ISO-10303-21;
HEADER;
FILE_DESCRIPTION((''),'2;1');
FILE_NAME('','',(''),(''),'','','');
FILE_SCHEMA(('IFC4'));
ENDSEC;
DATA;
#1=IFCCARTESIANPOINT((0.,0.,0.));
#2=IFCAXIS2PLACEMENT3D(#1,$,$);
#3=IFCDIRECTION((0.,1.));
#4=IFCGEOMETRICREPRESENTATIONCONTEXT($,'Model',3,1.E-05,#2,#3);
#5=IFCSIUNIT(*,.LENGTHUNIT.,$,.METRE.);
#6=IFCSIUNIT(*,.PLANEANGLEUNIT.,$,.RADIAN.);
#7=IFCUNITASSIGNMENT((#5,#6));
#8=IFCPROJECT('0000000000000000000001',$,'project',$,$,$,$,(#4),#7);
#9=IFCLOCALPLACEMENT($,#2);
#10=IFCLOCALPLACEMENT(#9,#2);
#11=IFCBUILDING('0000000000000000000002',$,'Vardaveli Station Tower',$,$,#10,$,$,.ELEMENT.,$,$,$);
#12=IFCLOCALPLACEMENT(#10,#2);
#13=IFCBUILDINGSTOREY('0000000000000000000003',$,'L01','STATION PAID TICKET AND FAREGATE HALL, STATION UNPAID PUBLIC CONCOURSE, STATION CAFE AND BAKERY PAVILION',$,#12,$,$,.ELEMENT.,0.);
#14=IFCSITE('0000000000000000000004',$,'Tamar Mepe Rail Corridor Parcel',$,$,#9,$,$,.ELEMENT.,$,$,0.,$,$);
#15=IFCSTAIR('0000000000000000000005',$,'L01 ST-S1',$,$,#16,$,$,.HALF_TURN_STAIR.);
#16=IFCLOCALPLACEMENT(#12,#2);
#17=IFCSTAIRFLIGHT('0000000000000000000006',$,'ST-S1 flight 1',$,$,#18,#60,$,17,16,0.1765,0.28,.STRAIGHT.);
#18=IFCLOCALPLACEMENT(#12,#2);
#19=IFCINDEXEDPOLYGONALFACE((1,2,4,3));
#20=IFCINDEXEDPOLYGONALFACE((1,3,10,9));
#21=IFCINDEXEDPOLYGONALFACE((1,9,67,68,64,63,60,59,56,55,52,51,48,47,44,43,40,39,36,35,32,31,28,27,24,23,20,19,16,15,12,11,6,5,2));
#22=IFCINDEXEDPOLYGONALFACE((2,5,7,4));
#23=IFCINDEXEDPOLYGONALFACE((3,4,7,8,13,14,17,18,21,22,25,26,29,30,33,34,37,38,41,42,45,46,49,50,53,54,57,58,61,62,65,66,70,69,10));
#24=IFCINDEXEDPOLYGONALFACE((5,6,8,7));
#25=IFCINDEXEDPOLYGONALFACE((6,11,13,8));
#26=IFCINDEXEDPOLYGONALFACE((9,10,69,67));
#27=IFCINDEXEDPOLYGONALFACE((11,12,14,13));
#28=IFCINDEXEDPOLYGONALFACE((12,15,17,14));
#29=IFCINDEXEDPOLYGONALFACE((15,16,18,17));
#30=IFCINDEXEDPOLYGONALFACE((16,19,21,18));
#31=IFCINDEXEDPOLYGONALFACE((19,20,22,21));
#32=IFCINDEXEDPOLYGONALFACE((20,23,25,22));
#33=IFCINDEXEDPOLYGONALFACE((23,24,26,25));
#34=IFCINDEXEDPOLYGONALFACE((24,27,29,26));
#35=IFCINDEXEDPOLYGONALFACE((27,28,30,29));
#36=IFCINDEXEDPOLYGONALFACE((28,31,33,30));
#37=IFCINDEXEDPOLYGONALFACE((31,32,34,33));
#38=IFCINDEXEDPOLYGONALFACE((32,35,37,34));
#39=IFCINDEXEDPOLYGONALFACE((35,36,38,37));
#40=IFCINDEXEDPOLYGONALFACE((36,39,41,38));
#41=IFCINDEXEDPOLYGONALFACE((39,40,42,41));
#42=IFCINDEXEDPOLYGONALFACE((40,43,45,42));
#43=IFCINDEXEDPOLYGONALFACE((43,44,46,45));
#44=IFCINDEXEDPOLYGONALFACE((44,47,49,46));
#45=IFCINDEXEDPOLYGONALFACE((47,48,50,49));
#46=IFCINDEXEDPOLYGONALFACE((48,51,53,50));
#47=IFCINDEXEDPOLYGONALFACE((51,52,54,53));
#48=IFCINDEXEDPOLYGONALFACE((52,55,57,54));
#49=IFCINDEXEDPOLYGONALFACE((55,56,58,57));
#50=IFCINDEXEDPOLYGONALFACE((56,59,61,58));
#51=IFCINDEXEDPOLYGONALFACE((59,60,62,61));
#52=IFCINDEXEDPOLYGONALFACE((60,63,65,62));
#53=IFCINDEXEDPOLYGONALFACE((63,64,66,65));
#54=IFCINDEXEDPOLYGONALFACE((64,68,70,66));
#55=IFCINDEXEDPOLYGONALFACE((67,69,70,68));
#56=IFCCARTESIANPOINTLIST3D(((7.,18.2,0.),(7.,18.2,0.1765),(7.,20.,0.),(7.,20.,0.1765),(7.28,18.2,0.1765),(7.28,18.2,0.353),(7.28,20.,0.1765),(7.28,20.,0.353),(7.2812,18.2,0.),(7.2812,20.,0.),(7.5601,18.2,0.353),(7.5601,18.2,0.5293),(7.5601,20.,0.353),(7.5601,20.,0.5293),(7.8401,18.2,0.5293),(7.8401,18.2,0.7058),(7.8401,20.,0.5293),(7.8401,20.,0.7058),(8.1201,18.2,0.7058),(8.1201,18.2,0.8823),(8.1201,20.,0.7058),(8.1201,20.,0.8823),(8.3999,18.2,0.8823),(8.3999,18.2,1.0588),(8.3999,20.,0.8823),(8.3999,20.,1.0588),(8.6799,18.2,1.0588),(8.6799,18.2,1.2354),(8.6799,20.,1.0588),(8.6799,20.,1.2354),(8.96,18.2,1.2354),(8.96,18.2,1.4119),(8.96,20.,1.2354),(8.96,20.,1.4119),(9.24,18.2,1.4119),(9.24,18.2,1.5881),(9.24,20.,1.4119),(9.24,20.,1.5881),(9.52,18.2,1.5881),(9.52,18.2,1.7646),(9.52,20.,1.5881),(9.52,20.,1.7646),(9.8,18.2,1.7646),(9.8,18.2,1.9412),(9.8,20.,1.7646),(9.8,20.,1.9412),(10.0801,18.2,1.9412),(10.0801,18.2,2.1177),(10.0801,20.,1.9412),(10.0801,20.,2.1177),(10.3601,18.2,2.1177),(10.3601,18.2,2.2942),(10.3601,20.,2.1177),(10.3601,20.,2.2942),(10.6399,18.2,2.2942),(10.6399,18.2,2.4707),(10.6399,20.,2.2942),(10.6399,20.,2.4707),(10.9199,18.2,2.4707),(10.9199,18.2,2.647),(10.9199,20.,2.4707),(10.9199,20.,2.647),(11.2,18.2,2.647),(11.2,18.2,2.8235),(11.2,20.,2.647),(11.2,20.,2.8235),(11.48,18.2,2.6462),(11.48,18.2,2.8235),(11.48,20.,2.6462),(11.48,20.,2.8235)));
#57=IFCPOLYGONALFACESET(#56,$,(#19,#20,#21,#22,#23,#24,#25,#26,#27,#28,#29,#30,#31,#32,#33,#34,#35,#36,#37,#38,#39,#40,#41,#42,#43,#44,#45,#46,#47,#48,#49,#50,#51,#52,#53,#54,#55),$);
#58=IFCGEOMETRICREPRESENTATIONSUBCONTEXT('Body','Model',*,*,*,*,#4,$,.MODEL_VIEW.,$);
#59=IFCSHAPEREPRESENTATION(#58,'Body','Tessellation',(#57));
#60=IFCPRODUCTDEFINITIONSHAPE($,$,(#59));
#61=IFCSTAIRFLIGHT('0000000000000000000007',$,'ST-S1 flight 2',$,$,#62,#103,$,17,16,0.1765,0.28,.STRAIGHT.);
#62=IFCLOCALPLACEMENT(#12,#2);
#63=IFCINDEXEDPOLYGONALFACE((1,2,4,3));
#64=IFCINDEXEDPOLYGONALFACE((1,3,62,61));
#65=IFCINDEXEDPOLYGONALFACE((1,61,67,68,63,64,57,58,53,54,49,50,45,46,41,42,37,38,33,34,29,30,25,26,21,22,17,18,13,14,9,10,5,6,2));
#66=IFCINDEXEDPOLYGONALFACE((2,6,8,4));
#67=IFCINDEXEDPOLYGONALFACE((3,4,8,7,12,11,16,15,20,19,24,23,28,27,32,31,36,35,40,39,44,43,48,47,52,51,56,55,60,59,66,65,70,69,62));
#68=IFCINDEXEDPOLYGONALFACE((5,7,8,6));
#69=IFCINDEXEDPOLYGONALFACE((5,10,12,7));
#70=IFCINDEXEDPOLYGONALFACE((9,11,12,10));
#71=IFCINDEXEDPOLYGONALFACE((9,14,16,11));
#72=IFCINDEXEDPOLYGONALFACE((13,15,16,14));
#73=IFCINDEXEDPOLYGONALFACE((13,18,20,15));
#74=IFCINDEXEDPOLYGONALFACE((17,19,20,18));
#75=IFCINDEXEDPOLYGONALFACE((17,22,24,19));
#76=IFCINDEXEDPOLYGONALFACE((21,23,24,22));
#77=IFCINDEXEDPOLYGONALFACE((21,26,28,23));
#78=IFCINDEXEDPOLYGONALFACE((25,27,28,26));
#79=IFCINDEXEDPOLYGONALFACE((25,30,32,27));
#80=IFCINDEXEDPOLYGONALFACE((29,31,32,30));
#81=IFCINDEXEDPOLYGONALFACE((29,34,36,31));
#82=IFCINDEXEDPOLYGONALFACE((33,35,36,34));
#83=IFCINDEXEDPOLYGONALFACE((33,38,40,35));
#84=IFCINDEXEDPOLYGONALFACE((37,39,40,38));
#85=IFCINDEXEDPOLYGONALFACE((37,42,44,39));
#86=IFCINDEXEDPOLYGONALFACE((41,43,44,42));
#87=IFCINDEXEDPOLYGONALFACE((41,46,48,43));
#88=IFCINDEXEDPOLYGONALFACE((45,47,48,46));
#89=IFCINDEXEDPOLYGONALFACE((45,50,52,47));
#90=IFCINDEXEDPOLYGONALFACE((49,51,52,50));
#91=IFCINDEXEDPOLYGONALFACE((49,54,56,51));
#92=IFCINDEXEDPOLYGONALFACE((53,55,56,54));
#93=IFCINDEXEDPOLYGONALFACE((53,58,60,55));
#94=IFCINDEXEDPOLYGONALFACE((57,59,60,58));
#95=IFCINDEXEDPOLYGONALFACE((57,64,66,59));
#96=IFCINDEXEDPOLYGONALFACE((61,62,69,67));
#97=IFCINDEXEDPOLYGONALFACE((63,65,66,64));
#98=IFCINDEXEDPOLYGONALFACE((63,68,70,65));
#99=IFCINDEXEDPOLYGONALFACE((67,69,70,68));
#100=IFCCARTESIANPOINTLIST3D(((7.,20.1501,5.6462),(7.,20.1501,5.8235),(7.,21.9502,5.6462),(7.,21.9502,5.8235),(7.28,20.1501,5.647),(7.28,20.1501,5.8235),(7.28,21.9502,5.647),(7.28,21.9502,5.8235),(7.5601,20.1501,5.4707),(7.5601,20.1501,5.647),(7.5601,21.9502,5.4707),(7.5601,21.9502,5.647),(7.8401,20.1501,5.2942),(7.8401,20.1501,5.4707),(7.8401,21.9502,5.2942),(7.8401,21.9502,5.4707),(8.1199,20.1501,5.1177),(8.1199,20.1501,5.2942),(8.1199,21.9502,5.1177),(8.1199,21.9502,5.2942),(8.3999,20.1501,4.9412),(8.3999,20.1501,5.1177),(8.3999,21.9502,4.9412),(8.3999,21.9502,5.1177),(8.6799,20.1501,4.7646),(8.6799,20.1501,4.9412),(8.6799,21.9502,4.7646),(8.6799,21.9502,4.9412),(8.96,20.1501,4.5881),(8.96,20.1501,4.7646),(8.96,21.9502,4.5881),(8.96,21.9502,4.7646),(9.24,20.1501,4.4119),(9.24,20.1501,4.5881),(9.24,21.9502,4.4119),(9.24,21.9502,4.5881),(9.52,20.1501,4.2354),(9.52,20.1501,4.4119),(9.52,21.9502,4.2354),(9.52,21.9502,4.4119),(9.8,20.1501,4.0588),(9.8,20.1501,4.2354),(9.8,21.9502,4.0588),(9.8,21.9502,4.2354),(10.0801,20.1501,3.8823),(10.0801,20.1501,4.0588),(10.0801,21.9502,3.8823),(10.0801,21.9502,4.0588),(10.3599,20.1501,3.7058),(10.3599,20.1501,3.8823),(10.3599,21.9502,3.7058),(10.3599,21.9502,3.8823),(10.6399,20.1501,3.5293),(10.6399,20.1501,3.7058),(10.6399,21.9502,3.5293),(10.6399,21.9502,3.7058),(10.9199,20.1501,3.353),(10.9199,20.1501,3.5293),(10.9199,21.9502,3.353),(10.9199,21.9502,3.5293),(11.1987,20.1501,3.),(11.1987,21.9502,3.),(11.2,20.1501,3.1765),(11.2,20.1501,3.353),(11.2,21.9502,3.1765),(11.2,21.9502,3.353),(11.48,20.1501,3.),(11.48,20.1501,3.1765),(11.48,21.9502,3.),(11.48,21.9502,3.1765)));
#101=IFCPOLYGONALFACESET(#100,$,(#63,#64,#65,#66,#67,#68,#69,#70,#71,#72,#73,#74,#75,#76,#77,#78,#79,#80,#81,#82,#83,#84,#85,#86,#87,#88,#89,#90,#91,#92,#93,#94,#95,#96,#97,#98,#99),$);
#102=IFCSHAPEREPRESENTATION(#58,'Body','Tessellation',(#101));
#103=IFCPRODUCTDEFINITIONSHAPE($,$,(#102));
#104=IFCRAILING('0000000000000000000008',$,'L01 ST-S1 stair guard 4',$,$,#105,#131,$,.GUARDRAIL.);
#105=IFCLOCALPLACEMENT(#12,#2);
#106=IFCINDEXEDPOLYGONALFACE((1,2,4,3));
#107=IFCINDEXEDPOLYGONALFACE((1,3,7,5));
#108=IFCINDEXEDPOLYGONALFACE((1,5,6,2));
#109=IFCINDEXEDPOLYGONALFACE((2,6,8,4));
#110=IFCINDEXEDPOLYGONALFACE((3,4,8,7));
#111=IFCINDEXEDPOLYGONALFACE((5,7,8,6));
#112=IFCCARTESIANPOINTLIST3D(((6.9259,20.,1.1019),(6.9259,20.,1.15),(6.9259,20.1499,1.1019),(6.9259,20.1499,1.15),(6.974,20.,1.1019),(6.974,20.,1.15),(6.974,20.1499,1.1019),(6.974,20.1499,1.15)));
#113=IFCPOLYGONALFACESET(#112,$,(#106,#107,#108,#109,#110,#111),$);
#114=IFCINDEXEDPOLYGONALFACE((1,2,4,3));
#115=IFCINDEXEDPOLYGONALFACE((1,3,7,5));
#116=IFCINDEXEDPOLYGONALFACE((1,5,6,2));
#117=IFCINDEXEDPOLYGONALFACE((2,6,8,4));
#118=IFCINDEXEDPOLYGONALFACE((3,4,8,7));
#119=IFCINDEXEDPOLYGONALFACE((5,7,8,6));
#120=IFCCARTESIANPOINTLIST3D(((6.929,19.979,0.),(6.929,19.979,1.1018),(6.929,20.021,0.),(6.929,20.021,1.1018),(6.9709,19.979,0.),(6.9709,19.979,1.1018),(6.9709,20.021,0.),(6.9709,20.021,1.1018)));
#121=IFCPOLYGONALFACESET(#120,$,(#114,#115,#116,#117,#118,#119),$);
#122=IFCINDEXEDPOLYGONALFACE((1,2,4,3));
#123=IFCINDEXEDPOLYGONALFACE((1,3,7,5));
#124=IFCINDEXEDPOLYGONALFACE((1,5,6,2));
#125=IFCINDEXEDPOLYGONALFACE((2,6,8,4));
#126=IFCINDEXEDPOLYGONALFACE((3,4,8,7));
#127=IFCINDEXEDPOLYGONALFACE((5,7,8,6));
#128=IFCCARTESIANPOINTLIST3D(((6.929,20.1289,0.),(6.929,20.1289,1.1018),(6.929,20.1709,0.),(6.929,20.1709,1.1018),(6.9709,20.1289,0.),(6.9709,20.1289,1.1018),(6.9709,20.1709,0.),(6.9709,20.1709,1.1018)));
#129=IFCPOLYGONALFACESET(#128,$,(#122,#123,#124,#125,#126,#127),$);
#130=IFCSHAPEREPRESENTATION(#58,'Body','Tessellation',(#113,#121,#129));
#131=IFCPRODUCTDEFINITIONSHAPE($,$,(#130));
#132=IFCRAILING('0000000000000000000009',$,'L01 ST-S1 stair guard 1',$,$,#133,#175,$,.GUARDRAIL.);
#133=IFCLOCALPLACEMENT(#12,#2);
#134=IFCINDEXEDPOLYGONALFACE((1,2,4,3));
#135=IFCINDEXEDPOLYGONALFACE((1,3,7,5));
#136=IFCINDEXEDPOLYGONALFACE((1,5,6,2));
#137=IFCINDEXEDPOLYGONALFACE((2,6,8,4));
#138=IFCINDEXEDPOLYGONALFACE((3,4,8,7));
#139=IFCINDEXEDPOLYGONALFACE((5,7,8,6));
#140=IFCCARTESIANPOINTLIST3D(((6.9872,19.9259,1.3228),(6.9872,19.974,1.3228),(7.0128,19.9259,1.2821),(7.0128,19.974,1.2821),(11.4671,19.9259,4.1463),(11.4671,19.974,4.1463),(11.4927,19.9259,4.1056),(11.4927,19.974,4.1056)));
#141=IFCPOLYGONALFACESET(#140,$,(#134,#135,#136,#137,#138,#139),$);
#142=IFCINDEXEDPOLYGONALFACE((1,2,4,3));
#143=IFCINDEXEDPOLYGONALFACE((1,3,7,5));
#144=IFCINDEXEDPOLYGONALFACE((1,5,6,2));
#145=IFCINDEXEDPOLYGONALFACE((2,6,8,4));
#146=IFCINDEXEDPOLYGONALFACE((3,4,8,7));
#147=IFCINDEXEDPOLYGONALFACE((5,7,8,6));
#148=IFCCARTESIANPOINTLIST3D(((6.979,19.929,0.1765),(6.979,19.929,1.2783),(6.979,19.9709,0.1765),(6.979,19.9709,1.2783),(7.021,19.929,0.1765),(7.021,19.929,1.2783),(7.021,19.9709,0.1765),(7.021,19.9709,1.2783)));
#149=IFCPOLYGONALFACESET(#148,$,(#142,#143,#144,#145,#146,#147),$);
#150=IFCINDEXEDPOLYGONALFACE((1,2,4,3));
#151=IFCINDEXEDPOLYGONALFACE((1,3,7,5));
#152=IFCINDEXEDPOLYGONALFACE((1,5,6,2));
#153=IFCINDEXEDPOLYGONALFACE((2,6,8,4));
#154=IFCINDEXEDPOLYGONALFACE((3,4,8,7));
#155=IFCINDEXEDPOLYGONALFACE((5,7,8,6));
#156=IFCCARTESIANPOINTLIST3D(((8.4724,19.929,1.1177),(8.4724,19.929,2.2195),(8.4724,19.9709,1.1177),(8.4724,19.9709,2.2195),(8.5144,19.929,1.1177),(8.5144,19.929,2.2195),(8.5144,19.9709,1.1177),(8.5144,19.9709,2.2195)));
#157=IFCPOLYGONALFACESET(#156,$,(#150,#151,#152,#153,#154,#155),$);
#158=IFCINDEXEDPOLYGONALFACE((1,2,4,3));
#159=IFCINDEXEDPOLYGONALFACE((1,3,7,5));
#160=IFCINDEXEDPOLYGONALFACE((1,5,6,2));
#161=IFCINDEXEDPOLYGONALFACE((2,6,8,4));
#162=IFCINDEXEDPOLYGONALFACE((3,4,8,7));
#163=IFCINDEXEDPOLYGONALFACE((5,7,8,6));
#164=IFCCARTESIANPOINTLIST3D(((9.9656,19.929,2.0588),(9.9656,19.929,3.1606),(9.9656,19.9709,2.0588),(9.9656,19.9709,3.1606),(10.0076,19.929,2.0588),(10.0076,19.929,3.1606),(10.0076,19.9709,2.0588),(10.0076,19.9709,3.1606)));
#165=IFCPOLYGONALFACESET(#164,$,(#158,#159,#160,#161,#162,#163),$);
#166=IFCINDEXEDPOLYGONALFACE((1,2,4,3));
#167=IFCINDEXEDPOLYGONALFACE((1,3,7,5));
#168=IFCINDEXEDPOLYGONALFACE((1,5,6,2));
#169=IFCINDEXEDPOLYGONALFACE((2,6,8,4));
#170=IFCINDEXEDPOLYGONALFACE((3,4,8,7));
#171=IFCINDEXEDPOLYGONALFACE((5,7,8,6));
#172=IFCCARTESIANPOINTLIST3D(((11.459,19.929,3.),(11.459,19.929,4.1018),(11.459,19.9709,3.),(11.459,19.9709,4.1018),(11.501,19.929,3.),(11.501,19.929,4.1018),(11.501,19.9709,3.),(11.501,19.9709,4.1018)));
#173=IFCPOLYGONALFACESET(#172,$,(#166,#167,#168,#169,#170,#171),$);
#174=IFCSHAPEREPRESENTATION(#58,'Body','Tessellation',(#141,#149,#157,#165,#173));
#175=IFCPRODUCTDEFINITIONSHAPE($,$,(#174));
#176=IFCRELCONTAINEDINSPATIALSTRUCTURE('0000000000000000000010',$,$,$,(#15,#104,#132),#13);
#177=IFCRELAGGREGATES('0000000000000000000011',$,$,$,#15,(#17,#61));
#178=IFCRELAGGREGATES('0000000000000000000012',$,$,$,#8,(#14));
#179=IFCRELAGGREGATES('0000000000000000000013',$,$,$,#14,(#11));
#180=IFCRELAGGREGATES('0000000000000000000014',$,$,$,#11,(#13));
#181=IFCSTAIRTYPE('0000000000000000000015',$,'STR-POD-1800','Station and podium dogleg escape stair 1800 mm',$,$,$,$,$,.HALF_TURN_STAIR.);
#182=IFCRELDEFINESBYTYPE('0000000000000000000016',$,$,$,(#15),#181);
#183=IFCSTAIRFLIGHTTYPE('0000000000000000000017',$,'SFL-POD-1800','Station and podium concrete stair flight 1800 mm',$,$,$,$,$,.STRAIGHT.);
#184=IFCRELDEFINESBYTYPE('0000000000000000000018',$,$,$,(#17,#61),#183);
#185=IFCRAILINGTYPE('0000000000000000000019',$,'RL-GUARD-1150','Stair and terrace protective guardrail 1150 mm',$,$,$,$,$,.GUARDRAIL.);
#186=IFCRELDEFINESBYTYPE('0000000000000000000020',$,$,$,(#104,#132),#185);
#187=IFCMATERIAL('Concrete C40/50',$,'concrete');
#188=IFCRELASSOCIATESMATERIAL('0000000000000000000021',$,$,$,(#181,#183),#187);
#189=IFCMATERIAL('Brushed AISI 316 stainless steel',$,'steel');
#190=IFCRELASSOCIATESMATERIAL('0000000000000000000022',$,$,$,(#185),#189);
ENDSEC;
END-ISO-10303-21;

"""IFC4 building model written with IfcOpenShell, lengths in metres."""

from ifc_helpers import new_model, si_unit, direction, frame, origin, origin_2d, place, context, subcontext, project, spatial, polyline, rectangle, outline, extrude, source, transform, mapped, material, type_object, element, aggregate, save


model = new_model("IFC4")

# Units and contexts
model_context = context("Model", 3, precision=1e-05, world=origin(), true_north=direction((0.0, 1.0)))
body_context = subcontext(model_context, "Body", "Model", "MODEL_VIEW")
ifc_project = project(units=[si_unit("LENGTHUNIT", "METRE"), si_unit("PLANEANGLEUNIT", "RADIAN")], contexts=[model_context])

# Site, building, storey
site_placement = place(None, origin())
site = spatial("IfcSite", under=ifc_project, at=site_placement, Name="Tamar Mepe Rail Corridor Parcel", CompositionType="ELEMENT", RefElevation=0.0)
building_placement = place(site_placement, origin())
building = spatial("IfcBuilding", under=site, at=building_placement, Name="Vardaveli Station Tower", CompositionType="ELEMENT")
storey_placement = place(building_placement, origin())
storey = spatial("IfcBuildingStorey", under=building, at=storey_placement, Name="L01", Description="STATION PAID TICKET AND FAREGATE HALL, STATION UNPAID PUBLIC CONCOURSE, STATION CAFE AND BAKERY PAVILION", CompositionType="ELEMENT", Elevation=0.0)

# Shared definitions
ifc_material_1 = material(Name="Concrete C40/50", Category="concrete")

# Stair, stair flights
stair_type = type_object("IfcStairType", Name="STR-POD-1800", Description="Station and podium dogleg escape stair 1800 mm", PredefinedType="HALF_TURN_STAIR", material=ifc_material_1)
stair_placement = place(storey_placement, origin())
stair = element("IfcStair", 1, at=stair_placement, inside=storey, type_object=stair_type, Name="L01 ST-S1", PredefinedType="HALF_TURN_STAIR")
stair_flight_type = type_object("IfcStairFlightType", Name="SFL-POD-1800", Description="Station and podium concrete stair flight 1800 mm", PredefinedType="STRAIGHT", material=ifc_material_1)
shared_shape_1 = source(origin(), body_context, "Body", "SweptSolid", [
    extrude(outline(polyline([(0.0, 0.0), (0.0, 0.1765), (0.28, 0.1765), (0.28, 0.353), (0.5601, 0.353), (0.5601, 0.5293), (0.8401, 0.5293), (0.8401, 0.7058), (1.1201, 0.7058), (1.1201, 0.8823), (1.3999, 0.8823), (1.3999, 1.0588), (1.6799, 1.0588), (1.6799, 1.2354), (1.96, 1.2354), (1.96, 1.4119), (2.24, 1.4119), (2.24, 1.5881), (2.52, 1.5881), (2.52, 1.7646), (2.8, 1.7646), (2.8, 1.9412), (3.0801, 1.9412), (3.0801, 2.1177), (3.3601, 2.1177), (3.3601, 2.2942), (3.6399, 2.2942), (3.6399, 2.4707), (3.9199, 2.4707), (3.9199, 2.647), (4.2, 2.647), (4.2, 2.8235), (4.48, 2.8235), (4.48, 3.0), (4.48, 2.6462), (0.2812, 0.0), (0.0, 0.0)])), frame((0.0, 0.8999, 0.0), z_axis=(0.0, -1.0, 0.0), x_axis=(1.0, 0.0, 0.0)), (0.0, 0.0, 1.0), 1.8),
])
stair_flight_1_placement = place(storey_placement, frame((7.0, 19.1001, 0.0), z_axis=(0.0, 0.0, 1.0), x_axis=(1.0, 0.0, 0.0)))
stair_flight_1 = element("IfcStairFlight", 2, at=stair_flight_1_placement, type_object=stair_flight_type, Name="ST-S1 flight 1", NumberOfRisers=17, NumberOfTreads=16, PredefinedType="STRAIGHT", RiserHeight=0.1765, TreadLength=0.28, context=body_context, shape_type="MappedRepresentation", body=[
    mapped(shared_shape_1, transform((0.0, 0.0, 0.0), scale=1.0)),
])
stair_flight_2_placement = place(storey_placement, frame((11.48, 21.05, 3.0), z_axis=(0.0, 0.0, 1.0), x_axis=(-1.0, 0.0, 0.0)))
stair_flight_2 = element("IfcStairFlight", 3, at=stair_flight_2_placement, type_object=stair_flight_type, Name="ST-S1 flight 2", NumberOfRisers=17, NumberOfTreads=16, PredefinedType="STRAIGHT", RiserHeight=0.1765, TreadLength=0.28, context=body_context, shape_type="MappedRepresentation", body=[
    mapped(shared_shape_1, transform((0.0, 0.0, 0.0), scale=1.0)),
])
aggregate(stair, [stair_flight_1, stair_flight_2])

# Railings
ifc_material_2 = material(Name="Brushed AISI 316 stainless steel", Category="steel")
railing_type_1 = type_object("IfcRailingType", Name="RL-GUARD-1150", Description="Stair and terrace protective guardrail 1150 mm", PredefinedType="GUARDRAIL", material=ifc_material_2)
shared_shape_2 = source(origin(), body_context, "Body", "SweptSolid", [
    extrude(rectangle(XDim=0.0481, YDim=0.0481, at=origin_2d()), frame((0.0, 0.0, 1.126), z_axis=(0.0, 1.0, 0.0), x_axis=(-1.0, 0.0, 0.0)), (0.0, 0.0, 1.0), 0.1499),
    extrude(rectangle(XDim=0.042, YDim=0.042, at=origin_2d()), origin(), (0.0, 0.0, 1.0), 1.1018),
    extrude(rectangle(XDim=0.042, YDim=0.042, at=origin_2d()), frame((0.0, 0.1499, 0.0)), (0.0, 0.0, 1.0), 1.1018),
])
railing_1_placement = place(storey_placement, frame((6.95, 20.0, 0.0)))
element("IfcRailing", 4, at=railing_1_placement, inside=storey, type_object=railing_type_1, Name="L01 ST-S1 stair guard 4", PredefinedType="GUARDRAIL", context=body_context, shape_type="MappedRepresentation", body=[
    mapped(shared_shape_2, transform((0.0, 0.0, 0.0), scale=1.0)),
])
shared_shape_3 = source(origin(), body_context, "Body", "SweptSolid", [
    extrude(rectangle(XDim=0.0481, YDim=0.0481, at=origin_2d()), frame((0.0, 0.0, 1.126), z_axis=(0.845998, 0.0, 0.533186), x_axis=(0.0, 1.0, 0.0)), (0.0, 0.0, 1.0), 5.2954),
    extrude(rectangle(XDim=0.042, YDim=0.042, at=origin_2d()), origin(), (0.0, 0.0, 1.0), 1.1018),
    extrude(rectangle(XDim=0.042, YDim=0.042, at=origin_2d()), frame((1.4934, 0.0, 0.9412)), (0.0, 0.0, 1.0), 1.1018),
    extrude(rectangle(XDim=0.042, YDim=0.042, at=origin_2d()), frame((2.9866, 0.0, 1.8823)), (0.0, 0.0, 1.0), 1.1018),
    extrude(rectangle(XDim=0.042, YDim=0.042, at=origin_2d()), frame((4.48, 0.0, 2.8235)), (0.0, 0.0, 1.0), 1.1018),
])
railing_2_placement = place(storey_placement, frame((7.0, 19.95, 0.1765)))
element("IfcRailing", 5, at=railing_2_placement, inside=storey, type_object=railing_type_1, Name="L01 ST-S1 stair guard 1", PredefinedType="GUARDRAIL", context=body_context, shape_type="MappedRepresentation", body=[
    mapped(shared_shape_3, transform((0.0, 0.0, 0.0), scale=1.0)),
])

save(model, "model.ifc")
